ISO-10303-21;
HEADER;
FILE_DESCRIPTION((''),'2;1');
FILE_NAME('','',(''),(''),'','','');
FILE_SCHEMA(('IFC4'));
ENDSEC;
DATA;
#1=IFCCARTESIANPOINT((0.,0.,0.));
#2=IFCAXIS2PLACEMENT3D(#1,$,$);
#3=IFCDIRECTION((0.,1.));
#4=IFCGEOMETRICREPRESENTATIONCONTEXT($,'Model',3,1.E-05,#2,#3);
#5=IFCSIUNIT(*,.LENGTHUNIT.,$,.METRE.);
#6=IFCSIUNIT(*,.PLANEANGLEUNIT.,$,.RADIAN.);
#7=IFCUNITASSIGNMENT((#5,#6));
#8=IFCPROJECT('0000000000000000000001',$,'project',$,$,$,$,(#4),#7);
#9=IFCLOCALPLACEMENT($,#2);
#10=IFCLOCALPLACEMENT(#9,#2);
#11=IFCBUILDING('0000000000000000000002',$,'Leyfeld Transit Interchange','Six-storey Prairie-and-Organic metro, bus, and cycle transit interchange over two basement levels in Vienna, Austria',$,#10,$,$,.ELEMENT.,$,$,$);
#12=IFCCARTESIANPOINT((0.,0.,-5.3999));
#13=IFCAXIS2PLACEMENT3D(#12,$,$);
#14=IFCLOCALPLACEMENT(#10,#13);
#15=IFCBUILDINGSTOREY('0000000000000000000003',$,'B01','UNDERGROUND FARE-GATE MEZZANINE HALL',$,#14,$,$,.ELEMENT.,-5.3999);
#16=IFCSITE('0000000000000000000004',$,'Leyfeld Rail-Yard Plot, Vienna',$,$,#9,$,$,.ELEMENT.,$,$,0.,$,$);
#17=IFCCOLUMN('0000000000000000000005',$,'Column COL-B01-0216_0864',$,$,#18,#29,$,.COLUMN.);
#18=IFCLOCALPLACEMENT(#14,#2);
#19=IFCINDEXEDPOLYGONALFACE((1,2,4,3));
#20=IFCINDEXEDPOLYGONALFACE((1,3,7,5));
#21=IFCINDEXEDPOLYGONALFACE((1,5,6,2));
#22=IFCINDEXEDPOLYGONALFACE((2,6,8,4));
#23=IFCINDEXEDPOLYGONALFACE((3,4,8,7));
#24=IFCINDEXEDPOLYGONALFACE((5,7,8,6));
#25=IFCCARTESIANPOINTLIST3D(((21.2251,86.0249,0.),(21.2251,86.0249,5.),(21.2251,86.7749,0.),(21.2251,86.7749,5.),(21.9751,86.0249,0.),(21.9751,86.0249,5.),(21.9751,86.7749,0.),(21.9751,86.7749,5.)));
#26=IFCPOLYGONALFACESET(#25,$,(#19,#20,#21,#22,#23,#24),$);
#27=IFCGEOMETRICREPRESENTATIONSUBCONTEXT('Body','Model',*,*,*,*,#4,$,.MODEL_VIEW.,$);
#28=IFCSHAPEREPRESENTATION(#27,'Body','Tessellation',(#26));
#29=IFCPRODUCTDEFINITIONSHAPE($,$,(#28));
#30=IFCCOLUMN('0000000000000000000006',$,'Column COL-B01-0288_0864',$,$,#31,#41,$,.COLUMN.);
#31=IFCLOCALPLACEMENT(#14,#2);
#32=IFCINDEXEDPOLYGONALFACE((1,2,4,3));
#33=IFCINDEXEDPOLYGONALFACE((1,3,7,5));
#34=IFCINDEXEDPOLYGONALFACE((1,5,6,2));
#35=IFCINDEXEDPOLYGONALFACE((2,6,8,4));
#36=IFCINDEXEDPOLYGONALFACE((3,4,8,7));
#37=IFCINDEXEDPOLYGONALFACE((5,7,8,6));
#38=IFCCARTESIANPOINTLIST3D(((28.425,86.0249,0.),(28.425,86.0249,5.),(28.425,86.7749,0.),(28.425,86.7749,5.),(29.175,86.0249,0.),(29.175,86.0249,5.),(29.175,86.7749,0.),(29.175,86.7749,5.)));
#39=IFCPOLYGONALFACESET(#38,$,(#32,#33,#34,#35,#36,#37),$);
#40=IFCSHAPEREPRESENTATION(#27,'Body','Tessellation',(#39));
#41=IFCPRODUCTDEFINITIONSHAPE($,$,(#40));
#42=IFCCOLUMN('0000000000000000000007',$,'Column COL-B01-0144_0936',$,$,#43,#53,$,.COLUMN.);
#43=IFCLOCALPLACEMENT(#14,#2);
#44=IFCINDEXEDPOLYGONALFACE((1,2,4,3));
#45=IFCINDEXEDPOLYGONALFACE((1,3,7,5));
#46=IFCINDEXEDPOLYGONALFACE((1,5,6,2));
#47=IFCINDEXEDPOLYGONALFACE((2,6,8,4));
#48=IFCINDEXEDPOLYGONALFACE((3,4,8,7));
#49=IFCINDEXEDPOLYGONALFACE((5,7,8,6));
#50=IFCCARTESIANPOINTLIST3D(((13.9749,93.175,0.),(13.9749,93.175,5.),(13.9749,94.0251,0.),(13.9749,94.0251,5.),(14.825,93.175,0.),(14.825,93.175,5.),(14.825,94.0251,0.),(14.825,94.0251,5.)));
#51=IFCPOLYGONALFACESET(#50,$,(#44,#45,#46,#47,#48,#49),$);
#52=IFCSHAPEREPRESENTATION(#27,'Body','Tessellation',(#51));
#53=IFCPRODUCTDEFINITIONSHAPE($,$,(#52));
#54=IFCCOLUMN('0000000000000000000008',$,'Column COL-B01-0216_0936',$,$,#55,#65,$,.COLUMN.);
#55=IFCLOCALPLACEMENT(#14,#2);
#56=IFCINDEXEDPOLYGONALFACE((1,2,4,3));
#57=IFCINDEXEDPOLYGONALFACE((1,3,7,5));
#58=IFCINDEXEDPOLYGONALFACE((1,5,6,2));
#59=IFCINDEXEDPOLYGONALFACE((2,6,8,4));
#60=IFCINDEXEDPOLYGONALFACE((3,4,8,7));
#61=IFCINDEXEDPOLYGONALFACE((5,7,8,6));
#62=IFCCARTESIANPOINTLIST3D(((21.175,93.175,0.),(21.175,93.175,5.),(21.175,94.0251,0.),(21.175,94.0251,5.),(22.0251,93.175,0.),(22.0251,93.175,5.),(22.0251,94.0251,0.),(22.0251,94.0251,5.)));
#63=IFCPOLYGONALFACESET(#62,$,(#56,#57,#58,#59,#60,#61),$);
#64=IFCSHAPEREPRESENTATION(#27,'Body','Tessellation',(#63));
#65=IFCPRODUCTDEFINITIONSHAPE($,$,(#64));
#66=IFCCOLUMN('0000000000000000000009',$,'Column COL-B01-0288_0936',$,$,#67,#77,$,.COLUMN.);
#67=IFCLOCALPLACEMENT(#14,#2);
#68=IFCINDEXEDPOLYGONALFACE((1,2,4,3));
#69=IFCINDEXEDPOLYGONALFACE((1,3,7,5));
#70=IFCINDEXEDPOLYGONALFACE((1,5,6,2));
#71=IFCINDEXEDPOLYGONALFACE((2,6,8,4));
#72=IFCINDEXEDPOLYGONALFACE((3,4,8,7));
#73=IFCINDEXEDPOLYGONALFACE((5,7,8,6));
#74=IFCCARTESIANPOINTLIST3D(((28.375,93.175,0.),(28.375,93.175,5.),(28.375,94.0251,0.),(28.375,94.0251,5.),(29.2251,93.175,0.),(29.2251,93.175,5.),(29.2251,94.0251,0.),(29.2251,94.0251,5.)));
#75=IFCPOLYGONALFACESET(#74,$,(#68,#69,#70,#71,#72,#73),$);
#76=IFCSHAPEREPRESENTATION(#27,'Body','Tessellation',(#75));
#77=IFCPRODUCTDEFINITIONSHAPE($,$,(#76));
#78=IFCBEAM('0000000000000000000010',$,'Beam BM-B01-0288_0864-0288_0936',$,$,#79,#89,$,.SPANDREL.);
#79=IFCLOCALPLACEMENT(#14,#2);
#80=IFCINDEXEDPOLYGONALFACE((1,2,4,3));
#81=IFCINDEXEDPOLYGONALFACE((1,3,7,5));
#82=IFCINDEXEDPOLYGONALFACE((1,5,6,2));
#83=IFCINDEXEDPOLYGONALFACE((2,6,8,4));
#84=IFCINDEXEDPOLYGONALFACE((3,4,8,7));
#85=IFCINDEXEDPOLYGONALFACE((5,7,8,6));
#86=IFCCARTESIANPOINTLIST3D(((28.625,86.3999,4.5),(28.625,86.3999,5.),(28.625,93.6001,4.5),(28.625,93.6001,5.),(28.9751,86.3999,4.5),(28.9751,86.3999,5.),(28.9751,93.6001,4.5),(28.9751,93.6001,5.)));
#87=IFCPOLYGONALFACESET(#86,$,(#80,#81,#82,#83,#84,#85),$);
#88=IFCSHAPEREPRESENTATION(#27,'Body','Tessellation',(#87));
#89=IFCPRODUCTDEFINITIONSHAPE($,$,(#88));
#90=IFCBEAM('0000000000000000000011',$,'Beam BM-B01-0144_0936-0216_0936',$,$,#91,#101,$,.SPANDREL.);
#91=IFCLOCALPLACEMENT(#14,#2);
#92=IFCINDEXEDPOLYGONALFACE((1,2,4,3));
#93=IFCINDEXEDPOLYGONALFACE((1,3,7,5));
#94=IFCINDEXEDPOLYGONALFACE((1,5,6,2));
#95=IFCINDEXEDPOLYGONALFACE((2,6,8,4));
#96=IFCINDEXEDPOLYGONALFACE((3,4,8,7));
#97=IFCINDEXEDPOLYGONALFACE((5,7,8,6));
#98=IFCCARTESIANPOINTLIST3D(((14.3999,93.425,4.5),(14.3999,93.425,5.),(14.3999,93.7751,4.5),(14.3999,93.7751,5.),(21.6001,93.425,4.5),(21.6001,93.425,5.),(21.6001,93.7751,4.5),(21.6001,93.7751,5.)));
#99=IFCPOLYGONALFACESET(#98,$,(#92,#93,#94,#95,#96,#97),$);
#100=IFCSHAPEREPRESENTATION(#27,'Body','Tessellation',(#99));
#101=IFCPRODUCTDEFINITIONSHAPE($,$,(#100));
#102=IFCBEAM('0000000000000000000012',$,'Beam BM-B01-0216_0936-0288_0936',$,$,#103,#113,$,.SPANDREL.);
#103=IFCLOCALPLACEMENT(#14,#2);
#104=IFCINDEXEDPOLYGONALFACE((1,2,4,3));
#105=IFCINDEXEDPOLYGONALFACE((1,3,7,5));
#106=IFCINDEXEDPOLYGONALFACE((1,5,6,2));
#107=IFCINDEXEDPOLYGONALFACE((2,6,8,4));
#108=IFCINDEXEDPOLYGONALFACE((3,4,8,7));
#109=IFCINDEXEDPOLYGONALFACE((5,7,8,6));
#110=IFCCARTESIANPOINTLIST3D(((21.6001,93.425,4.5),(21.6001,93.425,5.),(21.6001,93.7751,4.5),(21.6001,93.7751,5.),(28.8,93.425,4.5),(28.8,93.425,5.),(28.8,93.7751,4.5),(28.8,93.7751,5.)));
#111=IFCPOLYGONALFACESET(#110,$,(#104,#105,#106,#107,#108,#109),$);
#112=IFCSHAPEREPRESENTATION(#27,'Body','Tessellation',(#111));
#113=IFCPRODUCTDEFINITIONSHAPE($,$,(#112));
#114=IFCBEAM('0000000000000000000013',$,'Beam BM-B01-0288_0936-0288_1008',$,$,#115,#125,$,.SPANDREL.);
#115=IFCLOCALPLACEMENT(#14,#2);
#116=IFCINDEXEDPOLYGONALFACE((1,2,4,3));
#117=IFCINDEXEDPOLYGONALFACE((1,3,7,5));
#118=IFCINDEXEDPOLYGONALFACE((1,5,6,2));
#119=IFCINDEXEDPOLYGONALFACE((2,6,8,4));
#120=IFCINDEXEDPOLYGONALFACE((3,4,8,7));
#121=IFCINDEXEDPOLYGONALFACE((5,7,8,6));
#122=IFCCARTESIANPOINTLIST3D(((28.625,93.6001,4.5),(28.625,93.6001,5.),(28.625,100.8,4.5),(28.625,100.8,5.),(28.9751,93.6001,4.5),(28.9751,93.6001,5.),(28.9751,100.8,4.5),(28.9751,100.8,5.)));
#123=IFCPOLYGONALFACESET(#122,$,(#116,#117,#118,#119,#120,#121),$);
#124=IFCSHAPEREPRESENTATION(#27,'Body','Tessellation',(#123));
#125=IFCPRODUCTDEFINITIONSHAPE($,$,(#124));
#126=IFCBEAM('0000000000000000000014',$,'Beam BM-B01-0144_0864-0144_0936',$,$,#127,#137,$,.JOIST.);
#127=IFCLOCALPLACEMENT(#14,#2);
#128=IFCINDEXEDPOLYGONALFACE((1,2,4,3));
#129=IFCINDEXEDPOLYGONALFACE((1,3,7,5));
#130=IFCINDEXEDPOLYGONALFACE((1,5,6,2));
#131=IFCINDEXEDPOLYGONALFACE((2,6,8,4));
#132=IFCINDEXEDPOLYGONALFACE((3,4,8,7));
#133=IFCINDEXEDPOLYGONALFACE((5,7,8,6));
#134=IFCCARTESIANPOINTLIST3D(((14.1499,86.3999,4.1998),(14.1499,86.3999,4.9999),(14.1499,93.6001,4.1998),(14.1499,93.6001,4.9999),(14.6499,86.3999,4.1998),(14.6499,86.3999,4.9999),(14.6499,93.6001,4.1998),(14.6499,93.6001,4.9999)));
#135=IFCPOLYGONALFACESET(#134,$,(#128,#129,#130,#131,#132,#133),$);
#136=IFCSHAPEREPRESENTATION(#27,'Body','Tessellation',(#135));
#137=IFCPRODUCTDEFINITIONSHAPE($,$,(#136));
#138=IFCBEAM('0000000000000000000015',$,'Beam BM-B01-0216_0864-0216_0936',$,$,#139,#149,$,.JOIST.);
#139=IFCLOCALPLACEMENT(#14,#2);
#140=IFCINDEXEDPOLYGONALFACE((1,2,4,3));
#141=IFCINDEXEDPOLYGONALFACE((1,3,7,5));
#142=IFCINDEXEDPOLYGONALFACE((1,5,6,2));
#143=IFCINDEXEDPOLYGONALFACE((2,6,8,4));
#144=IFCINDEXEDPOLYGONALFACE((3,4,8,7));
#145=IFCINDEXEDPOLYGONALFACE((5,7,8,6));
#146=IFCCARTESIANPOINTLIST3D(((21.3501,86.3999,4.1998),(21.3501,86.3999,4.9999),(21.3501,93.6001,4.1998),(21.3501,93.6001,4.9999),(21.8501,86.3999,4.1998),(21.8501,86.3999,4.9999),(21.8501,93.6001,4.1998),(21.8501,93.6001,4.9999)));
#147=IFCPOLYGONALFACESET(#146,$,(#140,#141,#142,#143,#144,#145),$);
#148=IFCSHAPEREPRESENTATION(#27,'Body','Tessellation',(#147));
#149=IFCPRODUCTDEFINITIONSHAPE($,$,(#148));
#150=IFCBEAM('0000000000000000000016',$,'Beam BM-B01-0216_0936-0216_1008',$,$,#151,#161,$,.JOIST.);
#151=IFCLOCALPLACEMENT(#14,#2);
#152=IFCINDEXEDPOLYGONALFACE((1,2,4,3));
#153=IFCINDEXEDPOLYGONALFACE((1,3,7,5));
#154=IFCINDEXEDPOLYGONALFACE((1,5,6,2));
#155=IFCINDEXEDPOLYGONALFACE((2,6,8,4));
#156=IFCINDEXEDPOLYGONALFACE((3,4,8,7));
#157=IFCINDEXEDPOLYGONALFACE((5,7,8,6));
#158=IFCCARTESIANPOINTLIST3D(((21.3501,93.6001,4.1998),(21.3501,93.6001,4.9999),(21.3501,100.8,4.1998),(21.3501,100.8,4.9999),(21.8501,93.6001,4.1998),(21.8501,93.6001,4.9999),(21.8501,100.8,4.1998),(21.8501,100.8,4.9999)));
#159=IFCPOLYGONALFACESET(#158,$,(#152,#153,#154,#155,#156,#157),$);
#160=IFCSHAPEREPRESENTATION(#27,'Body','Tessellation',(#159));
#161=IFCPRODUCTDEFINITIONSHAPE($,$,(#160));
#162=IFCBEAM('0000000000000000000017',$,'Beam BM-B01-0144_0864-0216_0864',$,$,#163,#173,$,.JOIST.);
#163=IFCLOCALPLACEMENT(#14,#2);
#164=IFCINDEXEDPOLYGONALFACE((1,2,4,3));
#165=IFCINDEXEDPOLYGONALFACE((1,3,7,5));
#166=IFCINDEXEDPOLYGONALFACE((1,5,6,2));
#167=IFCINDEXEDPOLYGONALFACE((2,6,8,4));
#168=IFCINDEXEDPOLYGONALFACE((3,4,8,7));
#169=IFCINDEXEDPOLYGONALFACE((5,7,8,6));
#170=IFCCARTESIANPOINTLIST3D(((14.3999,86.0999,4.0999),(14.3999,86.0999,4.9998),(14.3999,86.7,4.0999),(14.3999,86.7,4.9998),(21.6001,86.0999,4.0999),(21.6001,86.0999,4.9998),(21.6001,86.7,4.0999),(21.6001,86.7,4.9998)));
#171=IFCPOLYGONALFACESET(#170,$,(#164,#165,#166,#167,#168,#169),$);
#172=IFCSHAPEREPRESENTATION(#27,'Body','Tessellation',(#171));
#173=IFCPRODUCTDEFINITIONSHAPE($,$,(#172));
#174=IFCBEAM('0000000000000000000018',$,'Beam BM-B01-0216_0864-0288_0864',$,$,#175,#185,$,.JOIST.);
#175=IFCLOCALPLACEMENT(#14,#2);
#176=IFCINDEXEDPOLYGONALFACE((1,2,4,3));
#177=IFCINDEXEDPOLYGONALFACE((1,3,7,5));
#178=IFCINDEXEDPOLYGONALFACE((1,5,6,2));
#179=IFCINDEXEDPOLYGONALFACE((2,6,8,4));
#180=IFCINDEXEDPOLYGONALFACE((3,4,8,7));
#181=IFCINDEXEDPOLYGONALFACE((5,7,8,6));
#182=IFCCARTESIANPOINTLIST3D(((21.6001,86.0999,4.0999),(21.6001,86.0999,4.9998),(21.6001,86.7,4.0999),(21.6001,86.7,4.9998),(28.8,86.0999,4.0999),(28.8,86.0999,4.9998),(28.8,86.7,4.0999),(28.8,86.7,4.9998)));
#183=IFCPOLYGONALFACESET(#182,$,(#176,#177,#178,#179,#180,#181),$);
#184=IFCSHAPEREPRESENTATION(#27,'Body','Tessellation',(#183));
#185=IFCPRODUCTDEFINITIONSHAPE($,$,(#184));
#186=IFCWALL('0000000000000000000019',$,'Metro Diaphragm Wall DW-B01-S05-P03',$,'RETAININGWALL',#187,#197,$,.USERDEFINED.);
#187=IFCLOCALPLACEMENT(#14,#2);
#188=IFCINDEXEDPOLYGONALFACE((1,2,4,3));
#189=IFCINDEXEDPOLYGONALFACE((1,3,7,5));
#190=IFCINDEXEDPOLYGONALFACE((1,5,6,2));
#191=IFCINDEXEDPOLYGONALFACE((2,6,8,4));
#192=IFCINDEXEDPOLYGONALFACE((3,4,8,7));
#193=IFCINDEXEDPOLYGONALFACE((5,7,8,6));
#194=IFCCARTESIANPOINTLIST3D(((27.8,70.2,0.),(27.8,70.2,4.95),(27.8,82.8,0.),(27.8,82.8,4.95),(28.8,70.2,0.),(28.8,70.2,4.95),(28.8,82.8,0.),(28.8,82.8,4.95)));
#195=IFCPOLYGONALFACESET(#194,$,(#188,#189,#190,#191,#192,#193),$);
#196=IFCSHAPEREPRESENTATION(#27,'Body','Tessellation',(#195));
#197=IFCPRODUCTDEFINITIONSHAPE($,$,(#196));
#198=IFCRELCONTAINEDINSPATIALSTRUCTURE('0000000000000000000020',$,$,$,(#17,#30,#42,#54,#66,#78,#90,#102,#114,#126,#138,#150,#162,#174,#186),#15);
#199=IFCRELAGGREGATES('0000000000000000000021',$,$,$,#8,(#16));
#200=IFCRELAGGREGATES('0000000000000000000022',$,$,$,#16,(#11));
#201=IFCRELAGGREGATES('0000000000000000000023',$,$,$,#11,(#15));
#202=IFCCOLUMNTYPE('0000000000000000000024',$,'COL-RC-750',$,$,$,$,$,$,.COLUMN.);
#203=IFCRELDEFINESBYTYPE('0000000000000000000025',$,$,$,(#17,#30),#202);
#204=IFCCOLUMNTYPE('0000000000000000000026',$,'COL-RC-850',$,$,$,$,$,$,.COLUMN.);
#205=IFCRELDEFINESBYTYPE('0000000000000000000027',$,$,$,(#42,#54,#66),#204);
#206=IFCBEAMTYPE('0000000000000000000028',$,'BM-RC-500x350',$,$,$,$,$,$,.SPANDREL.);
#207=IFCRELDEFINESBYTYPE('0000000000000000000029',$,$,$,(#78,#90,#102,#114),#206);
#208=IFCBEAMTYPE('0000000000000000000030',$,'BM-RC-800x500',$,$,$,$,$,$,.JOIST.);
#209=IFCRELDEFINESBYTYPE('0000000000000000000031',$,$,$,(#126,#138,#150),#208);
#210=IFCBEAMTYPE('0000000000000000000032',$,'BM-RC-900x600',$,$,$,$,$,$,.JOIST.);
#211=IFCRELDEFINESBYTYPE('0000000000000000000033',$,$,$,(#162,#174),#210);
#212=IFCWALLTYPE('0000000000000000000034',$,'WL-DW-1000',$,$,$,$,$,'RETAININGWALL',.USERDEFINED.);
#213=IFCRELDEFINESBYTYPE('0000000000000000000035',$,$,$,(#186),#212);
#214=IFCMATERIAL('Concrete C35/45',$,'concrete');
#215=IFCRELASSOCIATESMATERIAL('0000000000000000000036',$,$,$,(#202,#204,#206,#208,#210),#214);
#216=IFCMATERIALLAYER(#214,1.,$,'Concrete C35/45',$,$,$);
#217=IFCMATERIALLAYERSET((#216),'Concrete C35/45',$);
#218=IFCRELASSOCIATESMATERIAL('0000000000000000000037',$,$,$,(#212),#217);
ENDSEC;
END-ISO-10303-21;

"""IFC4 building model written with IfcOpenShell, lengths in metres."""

from ifc_helpers import new_model, si_unit, direction, frame, frame_2d, origin, origin_2d, place, context, subcontext, project, spatial, rectangle, extrude, material, layer, layer_set, material_profile, profile_set, type_object, element, save


model = new_model("IFC4")

# Units and contexts
model_context = context("Model", 3, precision=1e-05, world=origin(), true_north=direction((0.0, 1.0)))
body_context = subcontext(model_context, "Body", "Model", "MODEL_VIEW")
ifc_project = project(units=[si_unit("LENGTHUNIT", "METRE"), si_unit("PLANEANGLEUNIT", "RADIAN")], contexts=[model_context])

# Site, building, storey
site_placement = place(None, origin())
site = spatial("IfcSite", under=ifc_project, at=site_placement, Name="Leyfeld Rail-Yard Plot, Vienna", CompositionType="ELEMENT", RefElevation=0.0)
building_placement = place(site_placement, origin())
building = spatial("IfcBuilding", under=site, at=building_placement, Name="Leyfeld Transit Interchange", Description="Six-storey Prairie-and-Organic metro, bus, and cycle transit interchange over two basement levels in Vienna, Austria", CompositionType="ELEMENT")
storey_placement = place(building_placement, frame((0.0, 0.0, -5.3999)))
storey = spatial("IfcBuildingStorey", under=building, at=storey_placement, Name="B01", Description="UNDERGROUND FARE-GATE MEZZANINE HALL", CompositionType="ELEMENT", Elevation=-5.3999)

# Columns
ifc_material_1 = material(Name="Concrete C35/45", Category="concrete")
ifc_material_profile_1 = material_profile(ifc_material_1, rectangle(XDim=0.75, YDim=0.75, at=origin_2d()), Name="RC 750x750")
ifc_profile_set_1 = profile_set([ifc_material_profile_1], Name="Concrete C35/45")
column_type_1 = type_object("IfcColumnType", Name="COL-RC-750", PredefinedType="COLUMN", material=ifc_profile_set_1)
for number, where, z_axis, x_axis, name in (
    (1, (21.6001, 86.3999, 0.0), (0.0, 0.0, 1.0), (1.0, 0.0, 0.0), "Column COL-B01-0216_0864"),
    (2, (28.8, 86.3999, 0.0), (0.0, 0.0, 1.0), (1.0, 0.0, 0.0), "Column COL-B01-0288_0864"),
):
    element("IfcColumn", number, at=place(storey_placement, frame(where, z_axis=z_axis, x_axis=x_axis)), inside=storey, type_object=column_type_1, Name=name, PredefinedType="COLUMN", context=body_context, shape_type="SweptSolid", body=[
        extrude(rectangle(XDim=0.75, YDim=0.75, at=origin_2d()), origin(), (0.0, 0.0, 1.0), 5.0),
    ])
ifc_material_profile_2 = material_profile(ifc_material_1, rectangle(XDim=0.8501, YDim=0.8501, at=origin_2d()), Name="RC 850x850")
ifc_profile_set_2 = profile_set([ifc_material_profile_2], Name="Concrete C35/45")
column_type_2 = type_object("IfcColumnType", Name="COL-RC-850", PredefinedType="COLUMN", material=ifc_profile_set_2)
for number, where, z_axis, x_axis, name in (
    (3, (14.3999, 93.6001, 0.0), (0.0, 0.0, 1.0), (1.0, 0.0, 0.0), "Column COL-B01-0144_0936"),
    (4, (21.6001, 93.6001, 0.0), (0.0, 0.0, 1.0), (1.0, 0.0, 0.0), "Column COL-B01-0216_0936"),
    (5, (28.8, 93.6001, 0.0), (0.0, 0.0, 1.0), (1.0, 0.0, 0.0), "Column COL-B01-0288_0936"),
):
    element("IfcColumn", number, at=place(storey_placement, frame(where, z_axis=z_axis, x_axis=x_axis)), inside=storey, type_object=column_type_2, Name=name, PredefinedType="COLUMN", context=body_context, shape_type="SweptSolid", body=[
        extrude(rectangle(XDim=0.8501, YDim=0.8501, at=origin_2d()), origin(), (0.0, 0.0, 1.0), 5.0),
    ])

# Beams
ifc_material_profile_3 = material_profile(ifc_material_1, rectangle(XDim=0.3501, YDim=0.5, at=origin_2d()), Name="RC 500x350")
ifc_profile_set_3 = profile_set([ifc_material_profile_3], Name="Concrete C35/45")
beam_type_1 = type_object("IfcBeamType", Name="BM-RC-500x350", PredefinedType="SPANDREL", material=ifc_profile_set_3)
for number, where, z_axis, x_axis, name in (
    (6, (28.8, 86.3999, 4.75), (0.0, 1.0, 0.0), (-1.0, 0.0, 0.0), "Beam BM-B01-0288_0864-0288_0936"),
    (7, (14.3999, 93.6001, 4.75), (1.0, 0.0, 0.0), (0.0, 1.0, 0.0), "Beam BM-B01-0144_0936-0216_0936"),
):
    element("IfcBeam", number, at=place(storey_placement, frame(where, z_axis=z_axis, x_axis=x_axis)), inside=storey, type_object=beam_type_1, Name=name, PredefinedType="SPANDREL", context=body_context, shape_type="SweptSolid", body=[
        extrude(rectangle(XDim=0.3501, YDim=0.5, at=origin_2d()), origin(), (0.0, 0.0, 1.0), 7.2002),
    ])
for number, where, z_axis, x_axis, name in (
    (8, (21.6001, 93.6001, 4.75), (1.0, 0.0, 0.0), (0.0, 1.0, 0.0), "Beam BM-B01-0216_0936-0288_0936"),
    (9, (28.8, 93.6001, 4.75), (0.0, 1.0, 0.0), (-1.0, 0.0, 0.0), "Beam BM-B01-0288_0936-0288_1008"),
):
    element("IfcBeam", number, at=place(storey_placement, frame(where, z_axis=z_axis, x_axis=x_axis)), inside=storey, type_object=beam_type_1, Name=name, PredefinedType="SPANDREL", context=body_context, shape_type="SweptSolid", body=[
        extrude(rectangle(XDim=0.3501, YDim=0.5, at=origin_2d()), origin(), (0.0, 0.0, 1.0), 7.2),
    ])
ifc_material_profile_4 = material_profile(ifc_material_1, rectangle(XDim=0.5, YDim=0.8, at=origin_2d()), Name="RC 800x500")
ifc_profile_set_4 = profile_set([ifc_material_profile_4], Name="Concrete C35/45")
beam_type_2 = type_object("IfcBeamType", Name="BM-RC-800x500", PredefinedType="JOIST", material=ifc_profile_set_4)
for number, where, z_axis, x_axis, name in (
    (10, (14.3999, 86.3999, 4.5999), (0.0, 1.0, 0.0), (-1.0, 0.0, 0.0), "Beam BM-B01-0144_0864-0144_0936"),
    (11, (21.6001, 86.3999, 4.5999), (0.0, 1.0, 0.0), (-1.0, 0.0, 0.0), "Beam BM-B01-0216_0864-0216_0936"),
):
    element("IfcBeam", number, at=place(storey_placement, frame(where, z_axis=z_axis, x_axis=x_axis)), inside=storey, type_object=beam_type_2, Name=name, PredefinedType="JOIST", context=body_context, shape_type="SweptSolid", body=[
        extrude(rectangle(XDim=0.5, YDim=0.8, at=origin_2d()), origin(), (0.0, 0.0, 1.0), 7.2002),
    ])
beam_1_placement = place(storey_placement, frame((21.6001, 93.6001, 4.5999), z_axis=(0.0, 1.0, 0.0), x_axis=(-1.0, 0.0, 0.0)))
element("IfcBeam", 12, at=beam_1_placement, inside=storey, type_object=beam_type_2, Name="Beam BM-B01-0216_0936-0216_1008", PredefinedType="JOIST", context=body_context, shape_type="SweptSolid", body=[
    extrude(rectangle(XDim=0.5, YDim=0.8, at=origin_2d()), origin(), (0.0, 0.0, 1.0), 7.2),
])
ifc_material_profile_5 = material_profile(ifc_material_1, rectangle(XDim=0.6001, YDim=0.8999, at=origin_2d()), Name="RC 900x600")
ifc_profile_set_5 = profile_set([ifc_material_profile_5], Name="Concrete C35/45")
beam_type_3 = type_object("IfcBeamType", Name="BM-RC-900x600", PredefinedType="JOIST", material=ifc_profile_set_5)
beam_2_placement = place(storey_placement, frame((14.3999, 86.3999, 4.5498), z_axis=(1.0, 0.0, 0.0), x_axis=(0.0, 1.0, 0.0)))
element("IfcBeam", 13, at=beam_2_placement, inside=storey, type_object=beam_type_3, Name="Beam BM-B01-0144_0864-0216_0864", PredefinedType="JOIST", context=body_context, shape_type="SweptSolid", body=[
    extrude(rectangle(XDim=0.6001, YDim=0.8999, at=origin_2d()), origin(), (0.0, 0.0, 1.0), 7.2002),
])
beam_3_placement = place(storey_placement, frame((21.6001, 86.3999, 4.5498), z_axis=(1.0, 0.0, 0.0), x_axis=(0.0, 1.0, 0.0)))
element("IfcBeam", 14, at=beam_3_placement, inside=storey, type_object=beam_type_3, Name="Beam BM-B01-0216_0864-0288_0864", PredefinedType="JOIST", context=body_context, shape_type="SweptSolid", body=[
    extrude(rectangle(XDim=0.6001, YDim=0.8999, at=origin_2d()), origin(), (0.0, 0.0, 1.0), 7.2),
])

# Wall
ifc_layer_1 = layer(ifc_material_1, 1.0, Name="Concrete C35/45")
ifc_layer_set_1 = layer_set([ifc_layer_1], Name="Concrete C35/45")
wall_type_1 = type_object("IfcWallType", Name="WL-DW-1000", ElementType="RETAININGWALL", PredefinedType="USERDEFINED", material=ifc_layer_set_1)
wall_1_placement = place(storey_placement, frame((28.3, 82.8, 0.0), z_axis=(0.0, 0.0, 1.0), x_axis=(0.0, -1.0, 0.0)))
element("IfcWall", 15, at=wall_1_placement, inside=storey, type_object=wall_type_1, Name="Metro Diaphragm Wall DW-B01-S05-P03", ObjectType="RETAININGWALL", PredefinedType="USERDEFINED", context=body_context, shape_type="SweptSolid", body=[
    extrude(rectangle(XDim=12.6001, YDim=1.0, at=frame_2d((6.3, 0.0))), origin(), (0.0, 0.0, 1.0), 4.95),
])

save(model, "model.ifc")
